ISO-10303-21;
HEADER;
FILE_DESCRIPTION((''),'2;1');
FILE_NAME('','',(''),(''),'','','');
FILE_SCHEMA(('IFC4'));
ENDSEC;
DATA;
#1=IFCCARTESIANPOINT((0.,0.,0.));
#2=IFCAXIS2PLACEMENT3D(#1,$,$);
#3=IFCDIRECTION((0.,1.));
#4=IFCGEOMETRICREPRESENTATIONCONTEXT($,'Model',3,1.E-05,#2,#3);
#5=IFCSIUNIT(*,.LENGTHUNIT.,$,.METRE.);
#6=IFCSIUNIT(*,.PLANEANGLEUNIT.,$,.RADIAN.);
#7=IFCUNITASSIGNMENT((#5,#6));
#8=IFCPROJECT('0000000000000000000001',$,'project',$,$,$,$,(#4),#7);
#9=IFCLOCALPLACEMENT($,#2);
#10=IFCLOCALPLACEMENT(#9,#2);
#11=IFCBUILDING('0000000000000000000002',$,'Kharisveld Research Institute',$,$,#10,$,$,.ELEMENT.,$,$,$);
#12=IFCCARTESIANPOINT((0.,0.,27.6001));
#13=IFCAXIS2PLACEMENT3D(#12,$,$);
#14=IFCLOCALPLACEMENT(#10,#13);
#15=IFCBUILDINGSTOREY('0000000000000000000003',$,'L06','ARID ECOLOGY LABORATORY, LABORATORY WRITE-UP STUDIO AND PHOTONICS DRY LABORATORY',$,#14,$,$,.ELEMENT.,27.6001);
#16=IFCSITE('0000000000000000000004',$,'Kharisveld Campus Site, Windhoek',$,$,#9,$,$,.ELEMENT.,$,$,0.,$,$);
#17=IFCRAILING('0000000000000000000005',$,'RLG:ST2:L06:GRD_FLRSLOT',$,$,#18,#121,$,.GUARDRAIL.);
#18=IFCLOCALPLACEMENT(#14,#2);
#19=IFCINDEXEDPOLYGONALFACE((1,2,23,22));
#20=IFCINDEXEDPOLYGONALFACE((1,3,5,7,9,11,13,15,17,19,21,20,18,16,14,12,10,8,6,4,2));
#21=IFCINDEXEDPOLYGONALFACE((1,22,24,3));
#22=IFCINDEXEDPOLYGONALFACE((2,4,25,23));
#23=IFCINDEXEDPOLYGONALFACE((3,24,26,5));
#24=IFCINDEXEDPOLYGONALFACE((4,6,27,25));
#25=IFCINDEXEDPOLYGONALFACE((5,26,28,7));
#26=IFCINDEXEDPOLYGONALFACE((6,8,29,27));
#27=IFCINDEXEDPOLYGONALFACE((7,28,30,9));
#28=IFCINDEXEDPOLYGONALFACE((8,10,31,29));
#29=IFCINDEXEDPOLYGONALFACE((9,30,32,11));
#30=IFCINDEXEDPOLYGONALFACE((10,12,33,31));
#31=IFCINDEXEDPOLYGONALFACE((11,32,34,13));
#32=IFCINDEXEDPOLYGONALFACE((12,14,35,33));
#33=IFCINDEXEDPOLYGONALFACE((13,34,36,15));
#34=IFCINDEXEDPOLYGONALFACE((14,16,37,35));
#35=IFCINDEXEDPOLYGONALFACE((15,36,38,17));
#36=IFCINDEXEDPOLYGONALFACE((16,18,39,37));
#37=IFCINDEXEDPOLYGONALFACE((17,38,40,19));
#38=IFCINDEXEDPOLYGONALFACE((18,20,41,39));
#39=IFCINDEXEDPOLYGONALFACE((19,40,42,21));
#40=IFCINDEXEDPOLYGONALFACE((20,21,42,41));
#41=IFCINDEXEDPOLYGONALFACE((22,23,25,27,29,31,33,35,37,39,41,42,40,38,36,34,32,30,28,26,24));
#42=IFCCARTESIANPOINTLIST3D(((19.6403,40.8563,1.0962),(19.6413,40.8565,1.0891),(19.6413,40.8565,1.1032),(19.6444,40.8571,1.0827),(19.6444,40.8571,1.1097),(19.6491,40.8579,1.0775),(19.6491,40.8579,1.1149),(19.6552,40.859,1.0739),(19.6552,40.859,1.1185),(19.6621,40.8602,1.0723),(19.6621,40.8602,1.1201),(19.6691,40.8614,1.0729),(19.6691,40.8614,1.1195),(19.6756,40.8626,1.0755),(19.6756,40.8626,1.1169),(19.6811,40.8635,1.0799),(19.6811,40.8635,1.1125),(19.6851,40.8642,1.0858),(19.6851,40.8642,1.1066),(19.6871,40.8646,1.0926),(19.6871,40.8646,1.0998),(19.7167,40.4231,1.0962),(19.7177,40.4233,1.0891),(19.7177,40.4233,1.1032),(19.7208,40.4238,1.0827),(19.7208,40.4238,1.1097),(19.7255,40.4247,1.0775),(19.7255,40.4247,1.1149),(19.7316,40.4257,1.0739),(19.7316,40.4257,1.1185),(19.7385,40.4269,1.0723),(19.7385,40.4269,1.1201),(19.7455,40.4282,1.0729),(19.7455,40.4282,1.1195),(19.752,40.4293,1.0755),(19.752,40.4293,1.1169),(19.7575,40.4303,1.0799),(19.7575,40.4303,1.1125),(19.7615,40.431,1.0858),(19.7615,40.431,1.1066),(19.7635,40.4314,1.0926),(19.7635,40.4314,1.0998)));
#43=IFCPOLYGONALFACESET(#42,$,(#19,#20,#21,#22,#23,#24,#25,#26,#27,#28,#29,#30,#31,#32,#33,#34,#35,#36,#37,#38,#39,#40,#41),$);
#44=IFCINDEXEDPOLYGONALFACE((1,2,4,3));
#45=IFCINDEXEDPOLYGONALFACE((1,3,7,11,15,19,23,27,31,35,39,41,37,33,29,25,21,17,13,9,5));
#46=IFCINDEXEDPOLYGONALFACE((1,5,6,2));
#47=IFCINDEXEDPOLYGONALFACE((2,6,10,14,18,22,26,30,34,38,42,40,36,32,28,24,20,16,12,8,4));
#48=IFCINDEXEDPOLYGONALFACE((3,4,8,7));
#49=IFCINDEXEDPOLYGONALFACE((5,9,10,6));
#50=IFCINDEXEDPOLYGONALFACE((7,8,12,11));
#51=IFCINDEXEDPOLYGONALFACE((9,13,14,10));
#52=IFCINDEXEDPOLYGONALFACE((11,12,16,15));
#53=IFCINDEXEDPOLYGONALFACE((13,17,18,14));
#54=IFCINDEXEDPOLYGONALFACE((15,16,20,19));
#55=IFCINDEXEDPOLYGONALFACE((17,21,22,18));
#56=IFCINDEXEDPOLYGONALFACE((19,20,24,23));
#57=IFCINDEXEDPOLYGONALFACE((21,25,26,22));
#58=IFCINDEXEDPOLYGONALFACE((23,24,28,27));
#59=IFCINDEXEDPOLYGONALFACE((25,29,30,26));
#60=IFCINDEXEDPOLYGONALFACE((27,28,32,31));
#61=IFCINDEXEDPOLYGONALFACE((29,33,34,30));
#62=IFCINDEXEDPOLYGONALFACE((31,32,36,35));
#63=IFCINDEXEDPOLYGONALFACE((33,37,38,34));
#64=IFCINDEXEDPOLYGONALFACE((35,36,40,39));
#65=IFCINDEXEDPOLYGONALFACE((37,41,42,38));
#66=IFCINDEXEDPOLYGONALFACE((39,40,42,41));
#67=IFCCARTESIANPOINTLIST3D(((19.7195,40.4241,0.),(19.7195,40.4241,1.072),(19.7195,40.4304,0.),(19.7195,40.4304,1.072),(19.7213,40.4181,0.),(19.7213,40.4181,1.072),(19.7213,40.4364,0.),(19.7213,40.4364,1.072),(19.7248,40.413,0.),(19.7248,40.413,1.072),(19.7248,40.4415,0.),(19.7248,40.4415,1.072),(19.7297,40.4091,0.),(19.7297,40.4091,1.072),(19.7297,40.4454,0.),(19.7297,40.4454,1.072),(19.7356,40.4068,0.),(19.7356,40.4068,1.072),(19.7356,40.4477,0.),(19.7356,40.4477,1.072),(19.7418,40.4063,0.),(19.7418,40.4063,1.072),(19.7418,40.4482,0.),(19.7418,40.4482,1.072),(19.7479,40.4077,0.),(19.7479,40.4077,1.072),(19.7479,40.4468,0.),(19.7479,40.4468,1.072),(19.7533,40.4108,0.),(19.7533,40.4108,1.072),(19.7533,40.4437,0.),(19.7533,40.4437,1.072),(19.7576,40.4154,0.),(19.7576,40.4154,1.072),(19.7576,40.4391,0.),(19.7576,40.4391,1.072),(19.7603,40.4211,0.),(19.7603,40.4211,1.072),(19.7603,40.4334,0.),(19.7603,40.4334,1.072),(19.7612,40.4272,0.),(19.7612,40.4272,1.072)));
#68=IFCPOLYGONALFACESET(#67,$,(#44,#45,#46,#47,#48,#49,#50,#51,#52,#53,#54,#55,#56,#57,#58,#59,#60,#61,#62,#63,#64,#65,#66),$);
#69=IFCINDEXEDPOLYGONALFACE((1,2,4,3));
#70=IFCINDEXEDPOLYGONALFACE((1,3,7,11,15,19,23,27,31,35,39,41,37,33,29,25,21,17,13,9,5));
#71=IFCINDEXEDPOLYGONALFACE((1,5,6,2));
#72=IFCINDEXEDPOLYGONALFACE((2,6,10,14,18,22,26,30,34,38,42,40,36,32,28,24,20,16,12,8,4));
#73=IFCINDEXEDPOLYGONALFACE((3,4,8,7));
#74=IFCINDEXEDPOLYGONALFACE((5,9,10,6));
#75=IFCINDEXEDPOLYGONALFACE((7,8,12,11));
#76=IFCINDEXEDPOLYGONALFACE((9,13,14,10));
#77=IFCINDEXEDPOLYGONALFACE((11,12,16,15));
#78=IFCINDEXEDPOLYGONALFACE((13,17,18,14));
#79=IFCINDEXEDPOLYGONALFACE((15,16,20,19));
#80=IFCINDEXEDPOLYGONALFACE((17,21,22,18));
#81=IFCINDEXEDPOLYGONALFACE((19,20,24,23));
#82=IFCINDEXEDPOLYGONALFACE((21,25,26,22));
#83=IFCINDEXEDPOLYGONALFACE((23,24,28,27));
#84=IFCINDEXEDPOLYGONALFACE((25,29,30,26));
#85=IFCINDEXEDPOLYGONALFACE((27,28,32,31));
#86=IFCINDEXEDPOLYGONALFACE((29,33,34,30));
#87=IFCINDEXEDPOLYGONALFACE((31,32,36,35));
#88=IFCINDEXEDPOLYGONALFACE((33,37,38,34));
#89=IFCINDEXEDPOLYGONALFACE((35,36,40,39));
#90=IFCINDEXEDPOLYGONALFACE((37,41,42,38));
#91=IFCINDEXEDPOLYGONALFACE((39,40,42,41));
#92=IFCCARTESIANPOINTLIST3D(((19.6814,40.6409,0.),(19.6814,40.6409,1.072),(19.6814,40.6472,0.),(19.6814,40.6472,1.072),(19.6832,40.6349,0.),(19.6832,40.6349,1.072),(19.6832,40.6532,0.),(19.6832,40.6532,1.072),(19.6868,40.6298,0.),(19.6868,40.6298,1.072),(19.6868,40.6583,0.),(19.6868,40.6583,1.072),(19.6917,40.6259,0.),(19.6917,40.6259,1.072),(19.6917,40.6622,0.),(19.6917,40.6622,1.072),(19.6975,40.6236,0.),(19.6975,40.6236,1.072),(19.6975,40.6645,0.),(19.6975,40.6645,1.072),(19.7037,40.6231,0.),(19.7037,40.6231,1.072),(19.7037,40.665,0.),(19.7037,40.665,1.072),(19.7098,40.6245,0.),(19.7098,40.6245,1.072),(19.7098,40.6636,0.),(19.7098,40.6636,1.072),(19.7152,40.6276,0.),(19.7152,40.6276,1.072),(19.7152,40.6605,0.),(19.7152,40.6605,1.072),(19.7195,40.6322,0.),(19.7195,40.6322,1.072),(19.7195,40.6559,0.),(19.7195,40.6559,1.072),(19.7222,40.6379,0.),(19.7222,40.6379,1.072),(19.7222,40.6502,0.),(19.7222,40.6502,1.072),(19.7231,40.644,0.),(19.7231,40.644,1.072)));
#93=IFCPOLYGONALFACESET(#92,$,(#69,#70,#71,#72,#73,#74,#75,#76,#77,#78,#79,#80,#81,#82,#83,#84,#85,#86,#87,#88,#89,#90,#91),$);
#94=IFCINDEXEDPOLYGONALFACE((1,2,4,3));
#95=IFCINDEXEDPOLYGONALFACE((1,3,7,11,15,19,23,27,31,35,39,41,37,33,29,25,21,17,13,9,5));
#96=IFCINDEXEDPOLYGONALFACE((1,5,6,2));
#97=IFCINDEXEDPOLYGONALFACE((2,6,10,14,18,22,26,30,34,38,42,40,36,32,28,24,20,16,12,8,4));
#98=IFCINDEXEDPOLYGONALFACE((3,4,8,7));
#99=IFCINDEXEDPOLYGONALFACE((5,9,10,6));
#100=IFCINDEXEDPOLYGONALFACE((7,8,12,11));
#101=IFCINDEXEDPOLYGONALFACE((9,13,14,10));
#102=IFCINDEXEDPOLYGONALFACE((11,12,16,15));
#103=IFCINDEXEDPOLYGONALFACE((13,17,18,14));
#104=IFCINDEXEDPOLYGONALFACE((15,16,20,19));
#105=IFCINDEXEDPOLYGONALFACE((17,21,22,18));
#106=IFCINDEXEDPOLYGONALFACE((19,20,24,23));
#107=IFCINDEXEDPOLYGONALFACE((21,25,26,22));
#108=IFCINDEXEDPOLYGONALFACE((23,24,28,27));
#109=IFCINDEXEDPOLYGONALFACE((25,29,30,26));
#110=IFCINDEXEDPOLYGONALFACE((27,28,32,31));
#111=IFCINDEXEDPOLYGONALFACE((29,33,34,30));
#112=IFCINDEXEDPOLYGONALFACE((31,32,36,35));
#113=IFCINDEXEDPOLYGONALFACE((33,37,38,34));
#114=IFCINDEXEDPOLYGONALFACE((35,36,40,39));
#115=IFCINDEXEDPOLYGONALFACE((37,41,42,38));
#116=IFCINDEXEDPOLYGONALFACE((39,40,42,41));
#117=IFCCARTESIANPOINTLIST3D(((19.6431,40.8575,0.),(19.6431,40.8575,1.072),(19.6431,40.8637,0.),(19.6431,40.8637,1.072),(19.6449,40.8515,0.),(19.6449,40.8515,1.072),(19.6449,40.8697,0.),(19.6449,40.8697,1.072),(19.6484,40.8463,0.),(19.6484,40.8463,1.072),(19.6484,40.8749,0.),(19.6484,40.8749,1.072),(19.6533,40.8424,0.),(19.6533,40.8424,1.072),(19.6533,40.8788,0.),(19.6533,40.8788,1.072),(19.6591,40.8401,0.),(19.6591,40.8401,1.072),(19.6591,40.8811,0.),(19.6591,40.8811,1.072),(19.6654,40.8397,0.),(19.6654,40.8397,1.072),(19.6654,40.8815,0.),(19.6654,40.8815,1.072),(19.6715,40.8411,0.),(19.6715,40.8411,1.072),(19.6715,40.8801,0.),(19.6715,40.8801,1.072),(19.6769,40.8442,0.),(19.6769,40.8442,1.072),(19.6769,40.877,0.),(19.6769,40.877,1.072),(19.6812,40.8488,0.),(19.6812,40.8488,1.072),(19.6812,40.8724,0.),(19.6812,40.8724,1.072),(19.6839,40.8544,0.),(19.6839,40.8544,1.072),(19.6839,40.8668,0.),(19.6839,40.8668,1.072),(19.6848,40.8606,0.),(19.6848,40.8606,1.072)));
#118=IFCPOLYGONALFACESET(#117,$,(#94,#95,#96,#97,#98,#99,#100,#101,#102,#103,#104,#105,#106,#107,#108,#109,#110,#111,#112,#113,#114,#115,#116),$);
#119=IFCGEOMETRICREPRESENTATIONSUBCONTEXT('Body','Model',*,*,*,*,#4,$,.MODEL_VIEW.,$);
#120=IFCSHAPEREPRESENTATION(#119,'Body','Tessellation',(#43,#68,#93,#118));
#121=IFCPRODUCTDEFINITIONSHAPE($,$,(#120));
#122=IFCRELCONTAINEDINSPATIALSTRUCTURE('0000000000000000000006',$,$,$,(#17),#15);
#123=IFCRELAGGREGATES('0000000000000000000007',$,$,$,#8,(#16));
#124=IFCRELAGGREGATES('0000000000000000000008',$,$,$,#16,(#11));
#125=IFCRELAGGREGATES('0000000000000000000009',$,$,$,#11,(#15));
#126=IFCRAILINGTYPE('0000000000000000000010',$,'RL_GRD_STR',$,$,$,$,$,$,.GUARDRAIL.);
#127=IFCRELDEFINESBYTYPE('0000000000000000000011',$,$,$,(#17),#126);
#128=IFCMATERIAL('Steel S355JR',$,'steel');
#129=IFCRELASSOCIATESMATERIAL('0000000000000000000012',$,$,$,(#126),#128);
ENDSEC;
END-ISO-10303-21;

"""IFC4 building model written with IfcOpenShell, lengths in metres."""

from ifc_helpers import new_model, si_unit, direction, frame, origin, origin_2d, place, context, subcontext, project, spatial, circle, extrude, material, type_object, element, save


model = new_model("IFC4")

# Units and contexts
model_context = context("Model", 3, precision=1e-05, world=origin(), true_north=direction((0.0, 1.0)))
body_context = subcontext(model_context, "Body", "Model", "MODEL_VIEW")
ifc_project = project(units=[si_unit("LENGTHUNIT", "METRE"), si_unit("PLANEANGLEUNIT", "RADIAN")], contexts=[model_context])

# Site, building, storey
site_placement = place(None, origin())
site = spatial("IfcSite", under=ifc_project, at=site_placement, Name="Kharisveld Campus Site, Windhoek", CompositionType="ELEMENT", RefElevation=0.0)
building_placement = place(site_placement, origin())
building = spatial("IfcBuilding", under=site, at=building_placement, Name="Kharisveld Research Institute", CompositionType="ELEMENT")
storey_placement = place(building_placement, frame((0.0, 0.0, 27.6001)))
storey = spatial("IfcBuildingStorey", under=building, at=storey_placement, Name="L06", Description="ARID ECOLOGY LABORATORY, LABORATORY WRITE-UP STUDIO AND PHOTONICS DRY LABORATORY", CompositionType="ELEMENT", Elevation=27.6001)

# Railing
ifc_material_1 = material(Name="Steel S355JR", Category="steel")
railing_type = type_object("IfcRailingType", Name="RL_GRD_STR", PredefinedType="GUARDRAIL", material=ifc_material_1)
railing_1_placement = place(storey_placement, frame((19.7402, 40.4272, 0.0)))
element("IfcRailing", 1, at=railing_1_placement, inside=storey, type_object=railing_type, Name="RLG:ST2:L06:GRD_FLRSLOT", PredefinedType="GUARDRAIL", context=body_context, shape_type="SweptSolid", body=[
    extrude(circle(Radius=0.0239, at=origin_2d()), frame((0.0, 0.0, 1.0962), z_axis=(-0.173659, 0.984806, 0.0), x_axis=(-0.984806, -0.173659, 0.0)), (0.0, 0.0, 1.0), 0.4399),
    extrude(circle(Radius=0.021, at=origin_2d()), origin(), (0.0, 0.0, 1.0), 1.072),
    extrude(circle(Radius=0.021, at=origin_2d()), frame((-0.0381, 0.2168, 0.0)), (0.0, 0.0, 1.0), 1.072),
    extrude(circle(Radius=0.021, at=origin_2d()), frame((-0.0764, 0.4333, 0.0)), (0.0, 0.0, 1.0), 1.072),
])

save(model, "model.ifc")
